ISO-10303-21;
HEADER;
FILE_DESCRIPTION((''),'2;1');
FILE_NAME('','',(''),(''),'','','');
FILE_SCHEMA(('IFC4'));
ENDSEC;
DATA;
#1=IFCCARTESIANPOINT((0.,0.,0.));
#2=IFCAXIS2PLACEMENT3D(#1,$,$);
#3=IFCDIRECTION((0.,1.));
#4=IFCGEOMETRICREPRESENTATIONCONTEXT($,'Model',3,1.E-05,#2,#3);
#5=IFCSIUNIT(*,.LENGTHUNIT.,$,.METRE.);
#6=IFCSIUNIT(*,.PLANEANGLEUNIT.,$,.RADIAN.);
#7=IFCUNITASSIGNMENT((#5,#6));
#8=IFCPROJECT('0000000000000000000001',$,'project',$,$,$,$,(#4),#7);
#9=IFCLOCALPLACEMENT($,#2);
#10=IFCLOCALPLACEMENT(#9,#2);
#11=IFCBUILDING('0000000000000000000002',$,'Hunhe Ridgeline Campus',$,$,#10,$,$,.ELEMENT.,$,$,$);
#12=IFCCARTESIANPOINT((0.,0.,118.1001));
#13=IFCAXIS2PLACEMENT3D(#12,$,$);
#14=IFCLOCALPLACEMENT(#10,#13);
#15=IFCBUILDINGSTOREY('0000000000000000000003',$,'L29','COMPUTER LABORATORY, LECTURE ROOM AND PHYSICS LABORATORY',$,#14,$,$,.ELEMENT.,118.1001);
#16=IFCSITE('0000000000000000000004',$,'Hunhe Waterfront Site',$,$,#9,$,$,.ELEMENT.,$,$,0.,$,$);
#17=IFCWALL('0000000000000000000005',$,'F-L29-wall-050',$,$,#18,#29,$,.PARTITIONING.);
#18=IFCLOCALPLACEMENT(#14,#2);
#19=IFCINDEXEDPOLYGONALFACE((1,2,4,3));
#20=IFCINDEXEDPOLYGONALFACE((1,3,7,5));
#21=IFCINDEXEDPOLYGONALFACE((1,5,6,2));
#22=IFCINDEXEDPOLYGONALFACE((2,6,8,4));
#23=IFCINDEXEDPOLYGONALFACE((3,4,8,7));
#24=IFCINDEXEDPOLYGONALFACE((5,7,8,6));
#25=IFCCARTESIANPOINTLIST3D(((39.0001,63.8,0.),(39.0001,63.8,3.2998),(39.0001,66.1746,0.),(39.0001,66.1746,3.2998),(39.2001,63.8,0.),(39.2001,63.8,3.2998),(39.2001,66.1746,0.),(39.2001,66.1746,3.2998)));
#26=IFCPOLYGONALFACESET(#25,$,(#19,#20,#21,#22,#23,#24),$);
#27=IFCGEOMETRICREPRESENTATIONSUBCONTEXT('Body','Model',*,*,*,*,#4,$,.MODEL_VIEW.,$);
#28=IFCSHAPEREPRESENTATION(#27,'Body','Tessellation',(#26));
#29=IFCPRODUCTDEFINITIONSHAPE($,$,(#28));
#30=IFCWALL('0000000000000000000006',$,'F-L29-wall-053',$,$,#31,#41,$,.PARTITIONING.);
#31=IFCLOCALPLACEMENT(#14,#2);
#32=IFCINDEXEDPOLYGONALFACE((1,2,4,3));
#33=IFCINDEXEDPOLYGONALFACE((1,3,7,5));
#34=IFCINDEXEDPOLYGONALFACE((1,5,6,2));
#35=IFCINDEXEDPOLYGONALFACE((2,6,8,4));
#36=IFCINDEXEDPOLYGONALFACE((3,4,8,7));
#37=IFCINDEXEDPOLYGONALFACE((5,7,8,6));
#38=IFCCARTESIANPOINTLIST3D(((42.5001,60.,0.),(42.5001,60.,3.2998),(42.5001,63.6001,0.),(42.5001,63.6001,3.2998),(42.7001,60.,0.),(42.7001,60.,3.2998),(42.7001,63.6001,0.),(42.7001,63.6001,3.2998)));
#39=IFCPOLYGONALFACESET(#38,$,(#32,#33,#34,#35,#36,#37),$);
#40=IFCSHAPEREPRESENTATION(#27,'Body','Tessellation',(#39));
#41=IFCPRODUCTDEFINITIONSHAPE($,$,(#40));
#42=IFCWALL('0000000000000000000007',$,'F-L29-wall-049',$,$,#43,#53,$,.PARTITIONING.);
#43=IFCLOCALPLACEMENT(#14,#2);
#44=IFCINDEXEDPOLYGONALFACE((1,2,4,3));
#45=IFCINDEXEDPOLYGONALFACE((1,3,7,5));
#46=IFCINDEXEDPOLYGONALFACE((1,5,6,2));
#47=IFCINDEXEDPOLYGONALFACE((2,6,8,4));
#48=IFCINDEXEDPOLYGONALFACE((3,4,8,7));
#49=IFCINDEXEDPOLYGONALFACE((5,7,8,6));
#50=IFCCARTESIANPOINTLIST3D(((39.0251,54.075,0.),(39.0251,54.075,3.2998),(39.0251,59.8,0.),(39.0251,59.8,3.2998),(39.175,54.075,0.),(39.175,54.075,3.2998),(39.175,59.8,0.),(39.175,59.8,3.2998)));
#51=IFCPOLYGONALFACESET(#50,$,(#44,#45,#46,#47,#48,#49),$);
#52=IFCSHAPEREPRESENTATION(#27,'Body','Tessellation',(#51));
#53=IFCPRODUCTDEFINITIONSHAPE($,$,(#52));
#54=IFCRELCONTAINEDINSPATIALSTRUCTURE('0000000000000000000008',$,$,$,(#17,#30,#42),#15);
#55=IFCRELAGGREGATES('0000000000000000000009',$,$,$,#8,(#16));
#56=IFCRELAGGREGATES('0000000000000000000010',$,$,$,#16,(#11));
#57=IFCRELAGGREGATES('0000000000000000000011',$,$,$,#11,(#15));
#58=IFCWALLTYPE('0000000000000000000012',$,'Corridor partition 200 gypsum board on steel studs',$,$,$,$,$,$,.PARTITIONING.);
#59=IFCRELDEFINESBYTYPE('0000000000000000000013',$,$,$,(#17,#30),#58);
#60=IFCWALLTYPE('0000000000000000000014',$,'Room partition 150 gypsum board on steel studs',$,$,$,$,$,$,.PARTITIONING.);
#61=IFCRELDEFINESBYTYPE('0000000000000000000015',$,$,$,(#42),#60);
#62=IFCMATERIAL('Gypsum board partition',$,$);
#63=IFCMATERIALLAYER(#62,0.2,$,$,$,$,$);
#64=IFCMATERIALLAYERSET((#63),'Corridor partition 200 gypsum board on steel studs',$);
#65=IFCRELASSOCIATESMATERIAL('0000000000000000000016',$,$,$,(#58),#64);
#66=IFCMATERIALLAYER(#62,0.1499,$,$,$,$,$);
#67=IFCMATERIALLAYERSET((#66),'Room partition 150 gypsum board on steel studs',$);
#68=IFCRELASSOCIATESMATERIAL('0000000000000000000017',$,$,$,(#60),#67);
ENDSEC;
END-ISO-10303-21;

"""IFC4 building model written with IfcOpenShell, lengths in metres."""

from ifc_helpers import new_model, si_unit, direction, frame, frame_2d, origin, place, context, subcontext, project, spatial, rectangle, extrude, material, layer, layer_set, type_object, element, save


model = new_model("IFC4")

# Units and contexts
model_context = context("Model", 3, precision=1e-05, world=origin(), true_north=direction((0.0, 1.0)))
body_context = subcontext(model_context, "Body", "Model", "MODEL_VIEW")
ifc_project = project(units=[si_unit("LENGTHUNIT", "METRE"), si_unit("PLANEANGLEUNIT", "RADIAN")], contexts=[model_context])

# Site, building, storey
site_placement = place(None, origin())
site = spatial("IfcSite", under=ifc_project, at=site_placement, Name="Hunhe Waterfront Site", CompositionType="ELEMENT", RefElevation=0.0)
building_placement = place(site_placement, origin())
building = spatial("IfcBuilding", under=site, at=building_placement, Name="Hunhe Ridgeline Campus", CompositionType="ELEMENT")
storey_placement = place(building_placement, frame((0.0, 0.0, 118.1001)))
storey = spatial("IfcBuildingStorey", under=building, at=storey_placement, Name="L29", Description="COMPUTER LABORATORY, LECTURE ROOM AND PHYSICS LABORATORY", CompositionType="ELEMENT", Elevation=118.1001)

# Shared definitions
ifc_material_1 = material(Name="Gypsum board partition")
ifc_layer_1 = layer(ifc_material_1, 0.2)
ifc_layer_set_1 = layer_set([ifc_layer_1], Name="Corridor partition 200 gypsum board on steel studs")
wall_type_1 = type_object("IfcWallType", Name="Corridor partition 200 gypsum board on steel studs", PredefinedType="PARTITIONING", material=ifc_layer_set_1)

# Walls
wall_1_placement = place(storey_placement, frame((39.1001, 66.1746, 0.0), z_axis=(0.0, 0.0, 1.0), x_axis=(0.0, -1.0, 0.0)))
element("IfcWall", 1, at=wall_1_placement, inside=storey, type_object=wall_type_1, Name="F-L29-wall-050", PredefinedType="PARTITIONING", context=body_context, shape_type="SweptSolid", body=[
    extrude(rectangle(XDim=2.3745, YDim=0.2, at=frame_2d((1.1873, 0.0))), origin(), (0.0, 0.0, 1.0), 3.2998),
])
wall_2_placement = place(storey_placement, frame((42.6001, 63.6001, 0.0), z_axis=(0.0, 0.0, 1.0), x_axis=(0.0, -1.0, 0.0)))
element("IfcWall", 2, at=wall_2_placement, inside=storey, type_object=wall_type_1, Name="F-L29-wall-053", PredefinedType="PARTITIONING", context=body_context, shape_type="SweptSolid", body=[
    extrude(rectangle(XDim=3.6001, YDim=0.2, at=frame_2d((1.8, 0.0))), origin(), (0.0, 0.0, 1.0), 3.2998),
])
ifc_layer_2 = layer(ifc_material_1, 0.1499)
ifc_layer_set_2 = layer_set([ifc_layer_2], Name="Room partition 150 gypsum board on steel studs")
wall_type_2 = type_object("IfcWallType", Name="Room partition 150 gypsum board on steel studs", PredefinedType="PARTITIONING", material=ifc_layer_set_2)
wall_3_placement = place(storey_placement, frame((39.1001, 59.8, 0.0), z_axis=(0.0, 0.0, 1.0), x_axis=(0.0, -1.0, 0.0)))
element("IfcWall", 3, at=wall_3_placement, inside=storey, type_object=wall_type_2, Name="F-L29-wall-049", PredefinedType="PARTITIONING", context=body_context, shape_type="SweptSolid", body=[
    extrude(rectangle(XDim=5.7251, YDim=0.1499, at=frame_2d((2.8625, 0.0))), origin(), (0.0, 0.0, 1.0), 3.2998),
])

save(model, "model.ifc")
